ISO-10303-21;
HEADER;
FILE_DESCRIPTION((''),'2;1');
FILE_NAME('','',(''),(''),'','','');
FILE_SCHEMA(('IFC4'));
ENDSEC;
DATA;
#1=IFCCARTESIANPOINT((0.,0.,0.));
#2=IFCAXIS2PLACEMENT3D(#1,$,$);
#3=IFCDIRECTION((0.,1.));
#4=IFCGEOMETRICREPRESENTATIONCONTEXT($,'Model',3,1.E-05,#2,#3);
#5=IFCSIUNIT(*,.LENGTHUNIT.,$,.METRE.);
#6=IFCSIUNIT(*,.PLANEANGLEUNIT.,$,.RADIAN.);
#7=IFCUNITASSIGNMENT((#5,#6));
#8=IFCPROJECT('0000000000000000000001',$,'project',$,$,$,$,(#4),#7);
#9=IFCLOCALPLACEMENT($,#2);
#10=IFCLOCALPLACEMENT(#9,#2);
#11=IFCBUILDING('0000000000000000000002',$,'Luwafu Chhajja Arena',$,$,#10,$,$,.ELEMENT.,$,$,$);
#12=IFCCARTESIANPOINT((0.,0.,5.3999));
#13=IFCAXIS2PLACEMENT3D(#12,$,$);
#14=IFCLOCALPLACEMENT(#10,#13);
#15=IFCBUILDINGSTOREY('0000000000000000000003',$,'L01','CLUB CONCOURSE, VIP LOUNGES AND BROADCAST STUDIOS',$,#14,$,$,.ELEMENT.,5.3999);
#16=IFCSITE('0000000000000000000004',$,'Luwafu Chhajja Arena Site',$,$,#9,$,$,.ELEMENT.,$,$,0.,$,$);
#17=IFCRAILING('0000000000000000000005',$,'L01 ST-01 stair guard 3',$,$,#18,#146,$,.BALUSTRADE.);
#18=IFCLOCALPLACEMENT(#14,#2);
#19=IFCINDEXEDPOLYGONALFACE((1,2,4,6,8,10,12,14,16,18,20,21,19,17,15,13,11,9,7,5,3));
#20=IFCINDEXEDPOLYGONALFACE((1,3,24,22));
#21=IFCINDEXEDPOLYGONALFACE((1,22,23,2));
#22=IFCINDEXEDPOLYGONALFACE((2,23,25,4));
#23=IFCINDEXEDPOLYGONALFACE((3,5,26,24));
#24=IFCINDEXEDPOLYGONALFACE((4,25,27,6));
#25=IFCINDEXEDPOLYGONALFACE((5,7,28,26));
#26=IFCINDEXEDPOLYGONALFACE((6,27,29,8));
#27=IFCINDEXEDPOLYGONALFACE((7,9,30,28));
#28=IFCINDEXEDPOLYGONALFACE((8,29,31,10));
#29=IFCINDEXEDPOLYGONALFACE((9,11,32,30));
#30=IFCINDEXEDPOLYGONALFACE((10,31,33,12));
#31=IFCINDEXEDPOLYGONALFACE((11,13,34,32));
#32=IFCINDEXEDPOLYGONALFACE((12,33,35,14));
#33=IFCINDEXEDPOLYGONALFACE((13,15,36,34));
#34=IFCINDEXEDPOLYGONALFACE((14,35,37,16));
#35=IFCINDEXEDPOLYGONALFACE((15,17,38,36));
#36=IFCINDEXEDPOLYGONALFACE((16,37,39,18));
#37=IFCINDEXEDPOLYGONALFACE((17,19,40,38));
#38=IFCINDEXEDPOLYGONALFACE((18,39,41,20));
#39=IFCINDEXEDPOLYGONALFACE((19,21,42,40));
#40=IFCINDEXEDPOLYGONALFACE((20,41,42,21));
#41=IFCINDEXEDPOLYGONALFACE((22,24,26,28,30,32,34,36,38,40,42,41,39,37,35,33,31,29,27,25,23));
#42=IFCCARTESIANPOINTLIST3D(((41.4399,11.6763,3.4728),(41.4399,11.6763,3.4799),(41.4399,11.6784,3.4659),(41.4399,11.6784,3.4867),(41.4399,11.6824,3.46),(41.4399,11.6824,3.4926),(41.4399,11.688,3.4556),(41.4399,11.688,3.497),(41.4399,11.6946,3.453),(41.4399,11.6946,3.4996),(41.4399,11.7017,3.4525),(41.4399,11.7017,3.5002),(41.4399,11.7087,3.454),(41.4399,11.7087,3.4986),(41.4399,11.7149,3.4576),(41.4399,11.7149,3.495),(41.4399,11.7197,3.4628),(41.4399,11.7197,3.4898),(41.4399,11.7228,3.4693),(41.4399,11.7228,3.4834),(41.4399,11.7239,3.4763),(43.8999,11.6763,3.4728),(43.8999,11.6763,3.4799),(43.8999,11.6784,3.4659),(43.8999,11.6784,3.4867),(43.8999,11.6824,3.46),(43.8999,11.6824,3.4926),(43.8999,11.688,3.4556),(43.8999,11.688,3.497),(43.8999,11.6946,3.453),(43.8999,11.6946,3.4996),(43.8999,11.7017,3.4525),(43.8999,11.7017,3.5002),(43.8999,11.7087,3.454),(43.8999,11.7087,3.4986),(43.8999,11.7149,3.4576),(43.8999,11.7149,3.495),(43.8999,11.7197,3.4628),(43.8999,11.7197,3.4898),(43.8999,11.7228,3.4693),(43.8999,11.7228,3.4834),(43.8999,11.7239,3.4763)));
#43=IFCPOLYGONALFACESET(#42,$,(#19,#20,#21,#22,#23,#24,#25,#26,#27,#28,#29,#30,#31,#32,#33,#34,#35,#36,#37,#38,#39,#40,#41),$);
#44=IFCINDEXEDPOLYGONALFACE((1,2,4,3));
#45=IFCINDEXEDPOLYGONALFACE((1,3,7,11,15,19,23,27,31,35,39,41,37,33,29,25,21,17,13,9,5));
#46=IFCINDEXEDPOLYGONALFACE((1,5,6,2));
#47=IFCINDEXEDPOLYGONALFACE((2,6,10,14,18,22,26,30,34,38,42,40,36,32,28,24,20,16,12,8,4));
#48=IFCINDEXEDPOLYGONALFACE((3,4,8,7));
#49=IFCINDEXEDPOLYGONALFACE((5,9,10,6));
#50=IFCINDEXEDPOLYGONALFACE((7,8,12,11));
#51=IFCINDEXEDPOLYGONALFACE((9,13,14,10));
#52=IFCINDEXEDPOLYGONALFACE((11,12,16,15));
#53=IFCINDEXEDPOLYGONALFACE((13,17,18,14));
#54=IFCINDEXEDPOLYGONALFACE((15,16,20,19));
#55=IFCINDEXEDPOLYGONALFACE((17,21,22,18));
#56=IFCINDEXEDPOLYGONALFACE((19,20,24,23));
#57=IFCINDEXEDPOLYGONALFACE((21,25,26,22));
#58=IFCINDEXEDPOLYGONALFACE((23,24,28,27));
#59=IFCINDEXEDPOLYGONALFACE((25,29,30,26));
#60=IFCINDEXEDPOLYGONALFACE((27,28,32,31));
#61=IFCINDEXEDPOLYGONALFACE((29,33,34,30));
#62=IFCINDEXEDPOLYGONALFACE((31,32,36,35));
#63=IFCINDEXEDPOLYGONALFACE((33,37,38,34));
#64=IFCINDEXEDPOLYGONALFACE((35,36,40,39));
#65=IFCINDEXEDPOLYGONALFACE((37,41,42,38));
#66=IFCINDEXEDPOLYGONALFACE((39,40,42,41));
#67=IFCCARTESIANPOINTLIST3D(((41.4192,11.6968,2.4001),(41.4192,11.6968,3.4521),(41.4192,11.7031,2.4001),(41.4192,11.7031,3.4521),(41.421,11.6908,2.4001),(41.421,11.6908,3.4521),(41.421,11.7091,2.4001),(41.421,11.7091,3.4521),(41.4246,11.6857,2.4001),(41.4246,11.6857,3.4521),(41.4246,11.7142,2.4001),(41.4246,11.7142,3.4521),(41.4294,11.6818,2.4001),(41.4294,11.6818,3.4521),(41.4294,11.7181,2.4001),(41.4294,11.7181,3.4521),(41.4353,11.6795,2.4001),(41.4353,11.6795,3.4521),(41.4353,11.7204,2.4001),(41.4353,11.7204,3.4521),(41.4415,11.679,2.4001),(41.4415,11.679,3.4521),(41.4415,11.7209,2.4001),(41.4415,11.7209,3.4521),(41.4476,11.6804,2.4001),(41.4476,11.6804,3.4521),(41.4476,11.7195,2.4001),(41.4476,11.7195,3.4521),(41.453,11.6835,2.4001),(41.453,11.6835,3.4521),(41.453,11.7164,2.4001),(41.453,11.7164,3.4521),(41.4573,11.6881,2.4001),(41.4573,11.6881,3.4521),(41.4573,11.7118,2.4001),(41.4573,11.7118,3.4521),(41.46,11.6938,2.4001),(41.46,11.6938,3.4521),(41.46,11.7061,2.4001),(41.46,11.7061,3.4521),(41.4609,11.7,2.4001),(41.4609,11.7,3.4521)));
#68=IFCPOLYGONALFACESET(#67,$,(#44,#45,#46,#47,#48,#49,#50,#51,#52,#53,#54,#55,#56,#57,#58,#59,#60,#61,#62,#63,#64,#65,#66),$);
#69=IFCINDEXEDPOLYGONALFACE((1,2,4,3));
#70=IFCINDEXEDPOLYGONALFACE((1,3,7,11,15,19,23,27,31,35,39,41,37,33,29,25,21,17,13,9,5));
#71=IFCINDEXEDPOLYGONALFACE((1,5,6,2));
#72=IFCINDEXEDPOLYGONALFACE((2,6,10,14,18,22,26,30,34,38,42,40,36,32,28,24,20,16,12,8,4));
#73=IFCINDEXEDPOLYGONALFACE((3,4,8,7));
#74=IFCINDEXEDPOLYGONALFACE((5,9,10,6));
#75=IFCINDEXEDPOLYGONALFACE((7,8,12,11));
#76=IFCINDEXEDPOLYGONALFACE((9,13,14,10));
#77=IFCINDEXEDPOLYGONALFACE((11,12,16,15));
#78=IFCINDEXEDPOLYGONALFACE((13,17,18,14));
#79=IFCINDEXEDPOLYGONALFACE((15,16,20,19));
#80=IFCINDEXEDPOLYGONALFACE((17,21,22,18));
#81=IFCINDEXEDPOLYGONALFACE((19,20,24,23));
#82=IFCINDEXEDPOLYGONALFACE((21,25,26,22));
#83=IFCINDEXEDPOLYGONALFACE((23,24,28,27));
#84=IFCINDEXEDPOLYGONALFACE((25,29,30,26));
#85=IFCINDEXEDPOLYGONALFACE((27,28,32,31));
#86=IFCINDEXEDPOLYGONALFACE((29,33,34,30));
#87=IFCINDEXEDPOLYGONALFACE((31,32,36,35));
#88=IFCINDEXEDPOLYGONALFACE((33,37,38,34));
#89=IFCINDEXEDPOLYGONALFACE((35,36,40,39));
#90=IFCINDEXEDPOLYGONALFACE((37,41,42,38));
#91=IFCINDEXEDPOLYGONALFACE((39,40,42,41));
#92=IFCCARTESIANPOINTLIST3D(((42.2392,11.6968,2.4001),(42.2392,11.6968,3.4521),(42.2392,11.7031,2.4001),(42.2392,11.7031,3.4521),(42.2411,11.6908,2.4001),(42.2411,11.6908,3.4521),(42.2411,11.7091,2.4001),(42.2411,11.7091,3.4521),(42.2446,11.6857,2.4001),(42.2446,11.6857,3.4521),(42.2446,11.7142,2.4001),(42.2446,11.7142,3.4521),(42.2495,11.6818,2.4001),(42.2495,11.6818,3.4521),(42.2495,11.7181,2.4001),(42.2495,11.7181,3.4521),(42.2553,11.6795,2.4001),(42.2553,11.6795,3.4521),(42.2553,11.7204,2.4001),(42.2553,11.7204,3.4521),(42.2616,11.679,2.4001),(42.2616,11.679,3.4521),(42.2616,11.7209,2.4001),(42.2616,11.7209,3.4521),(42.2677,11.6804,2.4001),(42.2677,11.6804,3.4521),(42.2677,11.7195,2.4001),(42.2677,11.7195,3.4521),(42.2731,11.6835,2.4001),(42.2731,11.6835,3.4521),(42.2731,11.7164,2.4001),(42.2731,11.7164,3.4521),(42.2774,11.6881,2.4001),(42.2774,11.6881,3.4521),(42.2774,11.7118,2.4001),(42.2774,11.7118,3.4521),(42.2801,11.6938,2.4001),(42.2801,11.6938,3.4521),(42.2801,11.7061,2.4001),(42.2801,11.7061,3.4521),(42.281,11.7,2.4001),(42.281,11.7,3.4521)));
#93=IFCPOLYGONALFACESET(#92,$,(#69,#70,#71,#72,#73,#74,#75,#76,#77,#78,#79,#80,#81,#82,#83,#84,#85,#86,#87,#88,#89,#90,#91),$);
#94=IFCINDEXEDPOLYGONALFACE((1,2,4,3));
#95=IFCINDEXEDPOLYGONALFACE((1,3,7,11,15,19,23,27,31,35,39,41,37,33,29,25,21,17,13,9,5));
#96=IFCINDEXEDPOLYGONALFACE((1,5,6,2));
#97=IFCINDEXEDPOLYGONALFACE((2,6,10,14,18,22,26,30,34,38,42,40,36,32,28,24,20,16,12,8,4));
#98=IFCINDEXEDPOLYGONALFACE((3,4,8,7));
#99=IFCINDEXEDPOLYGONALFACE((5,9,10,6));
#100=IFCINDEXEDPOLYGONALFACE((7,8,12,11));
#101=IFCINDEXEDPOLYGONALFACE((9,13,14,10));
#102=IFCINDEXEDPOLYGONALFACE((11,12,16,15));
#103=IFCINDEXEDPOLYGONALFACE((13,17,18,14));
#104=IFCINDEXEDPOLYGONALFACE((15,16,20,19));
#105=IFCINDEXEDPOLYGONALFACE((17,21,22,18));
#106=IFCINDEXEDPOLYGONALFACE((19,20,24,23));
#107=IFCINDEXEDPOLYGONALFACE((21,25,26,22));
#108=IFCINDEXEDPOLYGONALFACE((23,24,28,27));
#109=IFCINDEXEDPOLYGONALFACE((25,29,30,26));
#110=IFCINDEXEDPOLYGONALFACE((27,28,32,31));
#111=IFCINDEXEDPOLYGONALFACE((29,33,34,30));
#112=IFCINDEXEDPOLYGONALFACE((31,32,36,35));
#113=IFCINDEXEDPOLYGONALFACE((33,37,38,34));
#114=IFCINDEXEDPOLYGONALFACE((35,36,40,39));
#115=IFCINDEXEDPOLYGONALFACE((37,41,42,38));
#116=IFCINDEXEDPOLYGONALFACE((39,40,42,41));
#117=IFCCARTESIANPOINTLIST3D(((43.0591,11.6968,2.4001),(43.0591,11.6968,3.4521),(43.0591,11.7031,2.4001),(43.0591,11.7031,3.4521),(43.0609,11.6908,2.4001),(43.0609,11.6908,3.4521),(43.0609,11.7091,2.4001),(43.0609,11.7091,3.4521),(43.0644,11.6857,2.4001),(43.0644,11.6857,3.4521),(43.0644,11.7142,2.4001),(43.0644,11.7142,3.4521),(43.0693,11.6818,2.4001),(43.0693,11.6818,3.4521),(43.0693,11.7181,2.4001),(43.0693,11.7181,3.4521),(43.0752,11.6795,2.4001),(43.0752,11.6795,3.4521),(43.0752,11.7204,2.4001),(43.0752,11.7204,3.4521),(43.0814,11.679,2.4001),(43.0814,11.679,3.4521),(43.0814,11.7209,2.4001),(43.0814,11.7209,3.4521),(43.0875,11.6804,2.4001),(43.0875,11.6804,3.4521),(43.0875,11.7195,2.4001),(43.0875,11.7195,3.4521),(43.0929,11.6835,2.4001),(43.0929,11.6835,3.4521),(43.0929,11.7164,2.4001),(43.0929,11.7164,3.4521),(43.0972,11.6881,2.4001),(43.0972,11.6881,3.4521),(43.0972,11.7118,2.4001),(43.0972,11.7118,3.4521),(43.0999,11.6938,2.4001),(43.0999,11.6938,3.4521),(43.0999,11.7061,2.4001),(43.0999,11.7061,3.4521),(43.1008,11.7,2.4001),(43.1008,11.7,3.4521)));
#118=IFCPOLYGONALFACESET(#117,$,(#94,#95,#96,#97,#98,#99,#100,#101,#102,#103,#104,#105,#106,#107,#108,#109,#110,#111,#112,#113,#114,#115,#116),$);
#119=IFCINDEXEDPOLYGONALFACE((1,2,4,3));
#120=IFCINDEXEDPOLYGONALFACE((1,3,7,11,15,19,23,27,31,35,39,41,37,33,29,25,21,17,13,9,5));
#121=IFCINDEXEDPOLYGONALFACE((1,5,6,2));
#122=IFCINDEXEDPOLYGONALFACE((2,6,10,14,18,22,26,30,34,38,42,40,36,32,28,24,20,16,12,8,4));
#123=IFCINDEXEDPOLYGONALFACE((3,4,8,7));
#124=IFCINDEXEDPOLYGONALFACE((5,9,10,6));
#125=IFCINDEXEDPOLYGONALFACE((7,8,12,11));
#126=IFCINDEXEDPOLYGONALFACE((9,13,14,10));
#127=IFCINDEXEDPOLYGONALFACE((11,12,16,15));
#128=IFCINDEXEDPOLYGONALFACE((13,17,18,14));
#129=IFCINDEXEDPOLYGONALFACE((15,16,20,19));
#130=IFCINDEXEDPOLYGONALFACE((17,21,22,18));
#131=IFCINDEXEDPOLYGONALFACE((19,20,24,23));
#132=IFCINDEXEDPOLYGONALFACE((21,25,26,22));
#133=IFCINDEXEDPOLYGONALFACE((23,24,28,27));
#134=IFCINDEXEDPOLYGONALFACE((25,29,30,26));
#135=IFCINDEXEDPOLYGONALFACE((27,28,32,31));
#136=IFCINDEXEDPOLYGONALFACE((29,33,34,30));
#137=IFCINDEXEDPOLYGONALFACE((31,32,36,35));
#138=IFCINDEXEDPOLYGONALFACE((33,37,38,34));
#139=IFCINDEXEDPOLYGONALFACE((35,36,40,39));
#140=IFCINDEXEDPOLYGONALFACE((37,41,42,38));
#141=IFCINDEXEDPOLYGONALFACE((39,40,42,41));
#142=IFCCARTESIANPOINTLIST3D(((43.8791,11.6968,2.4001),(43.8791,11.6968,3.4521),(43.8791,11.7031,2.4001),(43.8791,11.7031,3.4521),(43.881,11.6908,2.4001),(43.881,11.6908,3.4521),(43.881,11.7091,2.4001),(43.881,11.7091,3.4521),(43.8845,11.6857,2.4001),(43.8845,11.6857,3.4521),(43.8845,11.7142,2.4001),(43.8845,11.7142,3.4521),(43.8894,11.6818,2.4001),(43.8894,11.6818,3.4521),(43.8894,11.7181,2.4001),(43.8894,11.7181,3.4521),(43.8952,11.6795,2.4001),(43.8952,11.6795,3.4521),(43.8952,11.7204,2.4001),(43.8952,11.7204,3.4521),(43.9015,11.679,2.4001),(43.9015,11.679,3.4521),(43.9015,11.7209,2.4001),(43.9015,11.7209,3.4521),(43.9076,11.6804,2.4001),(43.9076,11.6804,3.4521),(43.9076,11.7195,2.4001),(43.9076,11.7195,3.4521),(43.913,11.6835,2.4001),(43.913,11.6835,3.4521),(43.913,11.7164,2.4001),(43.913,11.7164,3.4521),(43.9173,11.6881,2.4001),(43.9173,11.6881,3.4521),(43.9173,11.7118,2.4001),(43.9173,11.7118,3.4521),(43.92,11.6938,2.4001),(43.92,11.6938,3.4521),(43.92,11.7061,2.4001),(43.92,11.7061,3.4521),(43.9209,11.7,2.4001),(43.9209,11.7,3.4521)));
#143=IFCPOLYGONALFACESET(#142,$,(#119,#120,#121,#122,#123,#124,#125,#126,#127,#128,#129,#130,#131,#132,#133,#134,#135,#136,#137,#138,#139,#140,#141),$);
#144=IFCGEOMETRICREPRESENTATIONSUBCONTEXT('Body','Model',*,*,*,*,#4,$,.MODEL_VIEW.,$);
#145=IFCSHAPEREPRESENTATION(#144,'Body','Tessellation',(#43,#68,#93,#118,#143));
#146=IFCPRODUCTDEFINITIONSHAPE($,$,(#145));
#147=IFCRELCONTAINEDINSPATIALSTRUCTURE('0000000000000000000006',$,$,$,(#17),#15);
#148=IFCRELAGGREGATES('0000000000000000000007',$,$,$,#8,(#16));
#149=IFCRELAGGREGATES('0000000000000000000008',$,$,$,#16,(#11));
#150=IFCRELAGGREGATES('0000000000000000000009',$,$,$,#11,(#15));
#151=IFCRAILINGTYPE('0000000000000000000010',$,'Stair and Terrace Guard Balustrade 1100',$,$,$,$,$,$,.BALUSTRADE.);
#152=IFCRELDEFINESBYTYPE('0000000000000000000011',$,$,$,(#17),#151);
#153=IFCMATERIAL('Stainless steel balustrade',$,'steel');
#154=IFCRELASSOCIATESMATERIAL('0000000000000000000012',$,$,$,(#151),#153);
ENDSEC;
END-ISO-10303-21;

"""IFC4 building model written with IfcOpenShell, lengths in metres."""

from ifc_helpers import new_model, si_unit, direction, frame, origin, origin_2d, place, context, subcontext, project, spatial, circle, extrude, material, type_object, element, save


model = new_model("IFC4")

# Units and contexts
model_context = context("Model", 3, precision=1e-05, world=origin(), true_north=direction((0.0, 1.0)))
body_context = subcontext(model_context, "Body", "Model", "MODEL_VIEW")
ifc_project = project(units=[si_unit("LENGTHUNIT", "METRE"), si_unit("PLANEANGLEUNIT", "RADIAN")], contexts=[model_context])

# Site, building, storey
site_placement = place(None, origin())
site = spatial("IfcSite", under=ifc_project, at=site_placement, Name="Luwafu Chhajja Arena Site", CompositionType="ELEMENT", RefElevation=0.0)
building_placement = place(site_placement, origin())
building = spatial("IfcBuilding", under=site, at=building_placement, Name="Luwafu Chhajja Arena", CompositionType="ELEMENT")
storey_placement = place(building_placement, frame((0.0, 0.0, 5.3999)))
storey = spatial("IfcBuildingStorey", under=building, at=storey_placement, Name="L01", Description="CLUB CONCOURSE, VIP LOUNGES AND BROADCAST STUDIOS", CompositionType="ELEMENT", Elevation=5.3999)

# Railing
ifc_material_1 = material(Name="Stainless steel balustrade", Category="steel")
railing_type_1 = type_object("IfcRailingType", Name="Stair and Terrace Guard Balustrade 1100", PredefinedType="BALUSTRADE", material=ifc_material_1)
railing_1_placement = place(storey_placement, frame((41.4399, 11.7, 2.4001)))
element("IfcRailing", 1, at=railing_1_placement, inside=storey, type_object=railing_type_1, Name="L01 ST-01 stair guard 3", PredefinedType="BALUSTRADE", context=body_context, shape_type="SweptSolid", body=[
    extrude(circle(Radius=0.0239, at=origin_2d()), frame((0.0, 0.0, 1.0762), z_axis=(1.0, 0.0, 0.0), x_axis=(0.0, 1.0, 0.0)), (0.0, 0.0, 1.0), 2.46),
    extrude(circle(Radius=0.021, at=origin_2d()), origin(), (0.0, 0.0, 1.0), 1.052),
    extrude(circle(Radius=0.021, at=origin_2d()), frame((0.8201, 0.0, 0.0)), (0.0, 0.0, 1.0), 1.052),
    extrude(circle(Radius=0.021, at=origin_2d()), frame((1.6399, 0.0, 0.0)), (0.0, 0.0, 1.0), 1.052),
    extrude(circle(Radius=0.021, at=origin_2d()), frame((2.46, 0.0, 0.0)), (0.0, 0.0, 1.0), 1.052),
])

save(model, "model.ifc")
